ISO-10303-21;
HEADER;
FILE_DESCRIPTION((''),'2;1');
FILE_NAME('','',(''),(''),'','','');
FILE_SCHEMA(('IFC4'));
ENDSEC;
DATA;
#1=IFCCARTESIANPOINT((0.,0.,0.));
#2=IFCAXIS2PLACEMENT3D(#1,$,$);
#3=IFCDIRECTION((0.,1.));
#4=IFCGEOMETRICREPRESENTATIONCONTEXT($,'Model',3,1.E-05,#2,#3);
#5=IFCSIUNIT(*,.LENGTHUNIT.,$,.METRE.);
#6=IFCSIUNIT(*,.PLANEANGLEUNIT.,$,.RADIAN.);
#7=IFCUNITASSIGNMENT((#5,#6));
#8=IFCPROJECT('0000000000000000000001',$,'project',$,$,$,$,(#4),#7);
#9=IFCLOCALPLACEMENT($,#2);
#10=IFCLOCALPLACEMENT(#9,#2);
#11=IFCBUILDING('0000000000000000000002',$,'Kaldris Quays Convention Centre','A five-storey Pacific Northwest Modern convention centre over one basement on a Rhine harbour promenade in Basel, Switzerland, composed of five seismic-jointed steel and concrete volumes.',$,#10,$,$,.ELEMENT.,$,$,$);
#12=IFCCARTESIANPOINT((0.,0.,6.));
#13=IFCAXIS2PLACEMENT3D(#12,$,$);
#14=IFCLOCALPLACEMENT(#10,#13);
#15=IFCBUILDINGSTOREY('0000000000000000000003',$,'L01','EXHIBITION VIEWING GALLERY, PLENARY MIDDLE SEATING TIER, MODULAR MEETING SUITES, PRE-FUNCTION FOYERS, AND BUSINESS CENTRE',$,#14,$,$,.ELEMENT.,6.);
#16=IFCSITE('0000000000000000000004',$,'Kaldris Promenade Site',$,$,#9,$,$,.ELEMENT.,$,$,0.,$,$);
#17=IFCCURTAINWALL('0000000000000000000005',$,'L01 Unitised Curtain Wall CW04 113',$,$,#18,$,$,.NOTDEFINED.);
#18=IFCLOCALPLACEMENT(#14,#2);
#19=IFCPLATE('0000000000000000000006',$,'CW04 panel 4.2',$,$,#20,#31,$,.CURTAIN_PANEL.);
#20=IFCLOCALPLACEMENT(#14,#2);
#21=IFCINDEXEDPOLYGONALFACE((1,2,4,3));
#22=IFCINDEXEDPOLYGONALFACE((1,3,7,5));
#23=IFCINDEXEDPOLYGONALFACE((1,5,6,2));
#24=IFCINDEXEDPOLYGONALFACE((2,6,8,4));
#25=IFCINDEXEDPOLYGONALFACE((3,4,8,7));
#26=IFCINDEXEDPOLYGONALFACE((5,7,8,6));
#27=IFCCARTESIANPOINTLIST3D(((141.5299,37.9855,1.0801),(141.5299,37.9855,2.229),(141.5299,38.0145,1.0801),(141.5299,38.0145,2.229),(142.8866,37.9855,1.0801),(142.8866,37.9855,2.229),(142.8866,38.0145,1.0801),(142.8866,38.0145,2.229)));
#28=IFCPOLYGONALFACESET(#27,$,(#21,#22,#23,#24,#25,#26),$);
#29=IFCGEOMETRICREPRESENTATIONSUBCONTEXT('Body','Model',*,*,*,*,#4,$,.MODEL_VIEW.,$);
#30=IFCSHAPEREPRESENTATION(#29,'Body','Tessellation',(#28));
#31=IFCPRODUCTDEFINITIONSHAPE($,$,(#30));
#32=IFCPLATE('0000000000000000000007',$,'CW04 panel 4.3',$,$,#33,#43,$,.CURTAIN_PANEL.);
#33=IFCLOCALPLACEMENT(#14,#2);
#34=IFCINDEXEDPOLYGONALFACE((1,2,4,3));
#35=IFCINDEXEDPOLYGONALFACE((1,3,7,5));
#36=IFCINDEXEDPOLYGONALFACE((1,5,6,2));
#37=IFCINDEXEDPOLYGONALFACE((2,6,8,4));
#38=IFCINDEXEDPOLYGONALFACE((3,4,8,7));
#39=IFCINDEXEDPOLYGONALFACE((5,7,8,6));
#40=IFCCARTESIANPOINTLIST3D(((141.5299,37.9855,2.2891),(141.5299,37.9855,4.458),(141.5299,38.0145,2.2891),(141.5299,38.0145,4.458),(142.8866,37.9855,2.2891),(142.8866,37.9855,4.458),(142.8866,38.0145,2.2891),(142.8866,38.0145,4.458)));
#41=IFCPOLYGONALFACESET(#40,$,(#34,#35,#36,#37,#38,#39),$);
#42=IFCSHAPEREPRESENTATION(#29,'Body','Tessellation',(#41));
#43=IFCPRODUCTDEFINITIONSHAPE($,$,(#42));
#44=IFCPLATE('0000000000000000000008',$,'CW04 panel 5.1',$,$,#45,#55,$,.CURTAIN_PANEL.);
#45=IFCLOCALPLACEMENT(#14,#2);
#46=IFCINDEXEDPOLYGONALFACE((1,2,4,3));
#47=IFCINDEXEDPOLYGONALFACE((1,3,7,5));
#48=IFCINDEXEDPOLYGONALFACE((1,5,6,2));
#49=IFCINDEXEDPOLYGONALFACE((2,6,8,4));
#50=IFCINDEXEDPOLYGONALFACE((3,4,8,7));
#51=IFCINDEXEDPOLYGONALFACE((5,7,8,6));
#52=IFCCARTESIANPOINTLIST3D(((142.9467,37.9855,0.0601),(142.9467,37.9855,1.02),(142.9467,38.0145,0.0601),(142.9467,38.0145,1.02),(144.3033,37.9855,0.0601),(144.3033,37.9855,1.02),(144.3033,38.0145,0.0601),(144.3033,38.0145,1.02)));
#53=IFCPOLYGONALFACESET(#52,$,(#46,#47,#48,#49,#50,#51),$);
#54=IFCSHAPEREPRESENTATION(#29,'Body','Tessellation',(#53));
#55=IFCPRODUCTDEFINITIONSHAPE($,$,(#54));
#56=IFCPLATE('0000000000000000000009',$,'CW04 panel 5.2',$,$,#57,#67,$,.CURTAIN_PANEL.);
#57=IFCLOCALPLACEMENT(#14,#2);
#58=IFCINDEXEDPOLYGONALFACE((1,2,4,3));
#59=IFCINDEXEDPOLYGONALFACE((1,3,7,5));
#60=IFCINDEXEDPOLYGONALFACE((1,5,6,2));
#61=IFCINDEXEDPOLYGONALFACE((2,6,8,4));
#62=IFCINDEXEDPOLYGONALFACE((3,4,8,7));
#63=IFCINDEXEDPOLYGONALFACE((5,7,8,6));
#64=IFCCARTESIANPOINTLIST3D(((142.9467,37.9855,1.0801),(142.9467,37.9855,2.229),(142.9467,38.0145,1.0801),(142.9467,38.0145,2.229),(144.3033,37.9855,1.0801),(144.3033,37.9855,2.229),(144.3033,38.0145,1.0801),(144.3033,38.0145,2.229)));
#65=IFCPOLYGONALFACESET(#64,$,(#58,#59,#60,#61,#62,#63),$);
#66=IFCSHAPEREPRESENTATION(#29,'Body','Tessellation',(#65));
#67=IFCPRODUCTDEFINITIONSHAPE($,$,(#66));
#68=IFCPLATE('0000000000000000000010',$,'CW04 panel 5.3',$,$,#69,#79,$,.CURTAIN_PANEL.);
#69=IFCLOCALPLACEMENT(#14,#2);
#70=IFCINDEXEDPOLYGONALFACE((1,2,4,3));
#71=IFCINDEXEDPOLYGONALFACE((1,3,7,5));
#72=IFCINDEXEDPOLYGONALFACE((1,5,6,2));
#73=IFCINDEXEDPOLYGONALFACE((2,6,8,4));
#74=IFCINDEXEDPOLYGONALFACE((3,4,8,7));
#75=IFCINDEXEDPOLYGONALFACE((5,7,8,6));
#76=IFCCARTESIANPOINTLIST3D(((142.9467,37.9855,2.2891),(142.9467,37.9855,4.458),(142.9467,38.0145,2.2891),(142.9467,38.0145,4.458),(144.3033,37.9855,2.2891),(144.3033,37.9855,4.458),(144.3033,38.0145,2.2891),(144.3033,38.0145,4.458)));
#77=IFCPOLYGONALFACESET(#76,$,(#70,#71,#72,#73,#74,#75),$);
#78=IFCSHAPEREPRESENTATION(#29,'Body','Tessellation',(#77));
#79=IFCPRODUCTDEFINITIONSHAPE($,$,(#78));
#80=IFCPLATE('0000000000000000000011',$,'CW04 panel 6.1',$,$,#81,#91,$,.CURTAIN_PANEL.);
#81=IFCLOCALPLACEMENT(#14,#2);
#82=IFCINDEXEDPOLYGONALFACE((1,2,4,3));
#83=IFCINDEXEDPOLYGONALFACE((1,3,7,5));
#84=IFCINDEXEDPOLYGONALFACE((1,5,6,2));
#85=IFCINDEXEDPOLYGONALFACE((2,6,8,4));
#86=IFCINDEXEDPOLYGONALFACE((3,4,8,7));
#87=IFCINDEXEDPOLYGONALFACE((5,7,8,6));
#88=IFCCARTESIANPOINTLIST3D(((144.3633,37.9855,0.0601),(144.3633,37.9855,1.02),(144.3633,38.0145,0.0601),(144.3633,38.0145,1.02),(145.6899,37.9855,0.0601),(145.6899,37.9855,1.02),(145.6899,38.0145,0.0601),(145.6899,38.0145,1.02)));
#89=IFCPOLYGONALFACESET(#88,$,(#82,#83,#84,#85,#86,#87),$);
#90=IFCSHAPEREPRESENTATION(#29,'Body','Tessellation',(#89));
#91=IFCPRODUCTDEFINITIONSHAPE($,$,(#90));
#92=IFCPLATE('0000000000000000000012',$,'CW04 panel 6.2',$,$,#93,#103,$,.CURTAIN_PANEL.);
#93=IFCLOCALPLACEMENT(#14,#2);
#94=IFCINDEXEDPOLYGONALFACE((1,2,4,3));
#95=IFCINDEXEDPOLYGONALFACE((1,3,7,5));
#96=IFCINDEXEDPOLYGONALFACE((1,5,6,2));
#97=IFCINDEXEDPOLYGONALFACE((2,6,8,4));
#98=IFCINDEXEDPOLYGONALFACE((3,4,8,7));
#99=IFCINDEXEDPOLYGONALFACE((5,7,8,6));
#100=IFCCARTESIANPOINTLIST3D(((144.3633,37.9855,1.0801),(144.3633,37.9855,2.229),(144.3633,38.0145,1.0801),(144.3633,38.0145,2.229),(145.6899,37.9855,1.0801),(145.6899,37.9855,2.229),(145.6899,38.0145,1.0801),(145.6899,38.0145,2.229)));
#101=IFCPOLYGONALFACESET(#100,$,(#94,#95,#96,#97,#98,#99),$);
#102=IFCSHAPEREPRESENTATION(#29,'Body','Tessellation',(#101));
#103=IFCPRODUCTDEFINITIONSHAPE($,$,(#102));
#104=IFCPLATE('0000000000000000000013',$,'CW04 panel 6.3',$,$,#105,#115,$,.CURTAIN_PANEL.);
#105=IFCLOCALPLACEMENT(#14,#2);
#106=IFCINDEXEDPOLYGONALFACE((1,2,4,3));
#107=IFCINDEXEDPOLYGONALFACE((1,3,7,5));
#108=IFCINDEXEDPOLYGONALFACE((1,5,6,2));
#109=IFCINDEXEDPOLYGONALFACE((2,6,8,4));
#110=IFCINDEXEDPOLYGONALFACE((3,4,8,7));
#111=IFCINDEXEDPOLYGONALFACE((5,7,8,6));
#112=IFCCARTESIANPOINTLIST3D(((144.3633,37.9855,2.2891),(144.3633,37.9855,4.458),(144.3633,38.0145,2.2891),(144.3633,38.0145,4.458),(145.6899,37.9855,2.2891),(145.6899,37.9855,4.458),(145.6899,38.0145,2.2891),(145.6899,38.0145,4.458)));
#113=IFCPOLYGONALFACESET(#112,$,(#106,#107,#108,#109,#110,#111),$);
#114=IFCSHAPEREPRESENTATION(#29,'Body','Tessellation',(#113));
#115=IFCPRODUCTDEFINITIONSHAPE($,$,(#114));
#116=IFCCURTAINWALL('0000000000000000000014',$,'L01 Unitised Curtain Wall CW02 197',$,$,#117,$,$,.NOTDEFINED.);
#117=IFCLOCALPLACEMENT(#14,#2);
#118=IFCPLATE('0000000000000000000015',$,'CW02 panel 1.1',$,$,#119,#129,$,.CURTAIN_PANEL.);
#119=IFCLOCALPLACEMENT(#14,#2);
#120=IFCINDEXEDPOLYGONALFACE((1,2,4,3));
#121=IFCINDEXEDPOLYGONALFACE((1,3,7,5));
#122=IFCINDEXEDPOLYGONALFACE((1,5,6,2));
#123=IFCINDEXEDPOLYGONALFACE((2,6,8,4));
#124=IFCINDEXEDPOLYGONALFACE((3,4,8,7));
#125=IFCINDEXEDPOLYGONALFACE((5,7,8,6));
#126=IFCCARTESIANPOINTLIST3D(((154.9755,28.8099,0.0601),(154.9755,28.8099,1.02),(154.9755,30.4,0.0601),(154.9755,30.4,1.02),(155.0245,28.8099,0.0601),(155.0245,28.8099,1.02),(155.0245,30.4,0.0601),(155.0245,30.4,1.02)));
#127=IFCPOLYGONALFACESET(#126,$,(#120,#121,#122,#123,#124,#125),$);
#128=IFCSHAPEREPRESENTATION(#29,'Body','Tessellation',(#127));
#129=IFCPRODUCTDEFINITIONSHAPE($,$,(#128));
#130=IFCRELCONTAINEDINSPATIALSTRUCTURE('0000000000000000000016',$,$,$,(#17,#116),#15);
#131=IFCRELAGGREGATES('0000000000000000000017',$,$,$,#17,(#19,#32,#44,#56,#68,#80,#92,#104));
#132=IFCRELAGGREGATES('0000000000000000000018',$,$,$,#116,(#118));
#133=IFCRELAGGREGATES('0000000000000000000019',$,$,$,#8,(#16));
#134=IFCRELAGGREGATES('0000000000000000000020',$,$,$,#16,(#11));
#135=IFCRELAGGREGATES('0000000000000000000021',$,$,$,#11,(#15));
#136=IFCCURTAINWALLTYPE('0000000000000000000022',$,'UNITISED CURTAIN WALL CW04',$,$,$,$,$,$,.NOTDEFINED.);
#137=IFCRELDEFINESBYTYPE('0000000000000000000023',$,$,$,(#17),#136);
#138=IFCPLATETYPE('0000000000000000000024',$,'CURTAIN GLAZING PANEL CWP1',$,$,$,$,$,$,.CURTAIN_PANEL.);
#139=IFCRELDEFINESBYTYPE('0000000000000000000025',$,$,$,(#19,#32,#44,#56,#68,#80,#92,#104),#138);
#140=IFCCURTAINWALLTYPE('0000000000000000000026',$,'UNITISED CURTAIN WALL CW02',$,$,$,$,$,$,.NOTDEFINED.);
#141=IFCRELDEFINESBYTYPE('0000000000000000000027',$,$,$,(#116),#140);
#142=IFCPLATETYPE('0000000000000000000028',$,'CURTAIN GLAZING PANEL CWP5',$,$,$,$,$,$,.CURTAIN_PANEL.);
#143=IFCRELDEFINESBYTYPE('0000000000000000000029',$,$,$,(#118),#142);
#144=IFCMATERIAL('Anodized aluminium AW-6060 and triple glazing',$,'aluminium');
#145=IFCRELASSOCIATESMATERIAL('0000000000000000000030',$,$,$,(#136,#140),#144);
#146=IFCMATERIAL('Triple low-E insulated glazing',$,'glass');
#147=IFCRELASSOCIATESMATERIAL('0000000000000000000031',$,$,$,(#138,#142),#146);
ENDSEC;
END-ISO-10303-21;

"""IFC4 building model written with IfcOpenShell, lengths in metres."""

from ifc_helpers import new_model, si_unit, direction, frame, origin, origin_2d, place, context, subcontext, project, spatial, rectangle, extrude, material, type_object, element, aggregate, save


model = new_model("IFC4")

# Units and contexts
model_context = context("Model", 3, precision=1e-05, world=origin(), true_north=direction((0.0, 1.0)))
body_context = subcontext(model_context, "Body", "Model", "MODEL_VIEW")
ifc_project = project(units=[si_unit("LENGTHUNIT", "METRE"), si_unit("PLANEANGLEUNIT", "RADIAN")], contexts=[model_context])

# Site, building, storey
site_placement = place(None, origin())
site = spatial("IfcSite", under=ifc_project, at=site_placement, Name="Kaldris Promenade Site", CompositionType="ELEMENT", RefElevation=0.0)
building_placement = place(site_placement, origin())
building = spatial("IfcBuilding", under=site, at=building_placement, Name="Kaldris Quays Convention Centre", Description="A five-storey Pacific Northwest Modern convention centre over one basement on a Rhine harbour promenade in Basel, Switzerland, composed of five seismic-jointed steel and concrete volumes.", CompositionType="ELEMENT")
storey_placement = place(building_placement, frame((0.0, 0.0, 6.0)))
storey = spatial("IfcBuildingStorey", under=building, at=storey_placement, Name="L01", Description="EXHIBITION VIEWING GALLERY, PLENARY MIDDLE SEATING TIER, MODULAR MEETING SUITES, PRE-FUNCTION FOYERS, AND BUSINESS CENTRE", CompositionType="ELEMENT", Elevation=6.0)

# Curtain wall
ifc_material_1 = material(Name="Anodized aluminium AW-6060 and triple glazing", Category="aluminium")
curtain_wall_type_1 = type_object("IfcCurtainWallType", Name="UNITISED CURTAIN WALL CW04", PredefinedType="NOTDEFINED", material=ifc_material_1)
curtain_wall_1_placement = place(storey_placement, origin())
curtain_wall_1 = element("IfcCurtainWall", 1, at=curtain_wall_1_placement, inside=storey, type_object=curtain_wall_type_1, Name="L01 Unitised Curtain Wall CW04 113", PredefinedType="NOTDEFINED")

# Plates
ifc_material_2 = material(Name="Triple low-E insulated glazing", Category="glass")
plate_type_1 = type_object("IfcPlateType", Name="CURTAIN GLAZING PANEL CWP1", PredefinedType="CURTAIN_PANEL", material=ifc_material_2)
plate_1_placement = place(storey_placement, frame((142.2083, 38.0, 1.0801), z_axis=(0.0, 0.0, 1.0), x_axis=(1.0, 0.0, 0.0)))
plate_1 = element("IfcPlate", 2, at=plate_1_placement, type_object=plate_type_1, Name="CW04 panel 4.2", PredefinedType="CURTAIN_PANEL", context=body_context, shape_type="SweptSolid", body=[
    extrude(rectangle(XDim=1.3567, YDim=0.0291, at=origin_2d()), origin(), (0.0, 0.0, 1.0), 1.1489),
])
plate_2_placement = place(storey_placement, frame((142.2083, 38.0, 2.2891), z_axis=(0.0, 0.0, 1.0), x_axis=(1.0, 0.0, 0.0)))
plate_2 = element("IfcPlate", 3, at=plate_2_placement, type_object=plate_type_1, Name="CW04 panel 4.3", PredefinedType="CURTAIN_PANEL", context=body_context, shape_type="SweptSolid", body=[
    extrude(rectangle(XDim=1.3567, YDim=0.0291, at=origin_2d()), origin(), (0.0, 0.0, 1.0), 2.1689),
])
plate_3_placement = place(storey_placement, frame((143.625, 38.0, 0.0601), z_axis=(0.0, 0.0, 1.0), x_axis=(1.0, 0.0, 0.0)))
plate_3 = element("IfcPlate", 4, at=plate_3_placement, type_object=plate_type_1, Name="CW04 panel 5.1", PredefinedType="CURTAIN_PANEL", context=body_context, shape_type="SweptSolid", body=[
    extrude(rectangle(XDim=1.3567, YDim=0.0291, at=origin_2d()), origin(), (0.0, 0.0, 1.0), 0.96),
])
plate_4_placement = place(storey_placement, frame((143.625, 38.0, 1.0801), z_axis=(0.0, 0.0, 1.0), x_axis=(1.0, 0.0, 0.0)))
plate_4 = element("IfcPlate", 5, at=plate_4_placement, type_object=plate_type_1, Name="CW04 panel 5.2", PredefinedType="CURTAIN_PANEL", context=body_context, shape_type="SweptSolid", body=[
    extrude(rectangle(XDim=1.3567, YDim=0.0291, at=origin_2d()), origin(), (0.0, 0.0, 1.0), 1.1489),
])
plate_5_placement = place(storey_placement, frame((143.625, 38.0, 2.2891), z_axis=(0.0, 0.0, 1.0), x_axis=(1.0, 0.0, 0.0)))
plate_5 = element("IfcPlate", 6, at=plate_5_placement, type_object=plate_type_1, Name="CW04 panel 5.3", PredefinedType="CURTAIN_PANEL", context=body_context, shape_type="SweptSolid", body=[
    extrude(rectangle(XDim=1.3567, YDim=0.0291, at=origin_2d()), origin(), (0.0, 0.0, 1.0), 2.1689),
])
plate_6_placement = place(storey_placement, frame((145.0266, 38.0, 0.0601), z_axis=(0.0, 0.0, 1.0), x_axis=(1.0, 0.0, 0.0)))
plate_6 = element("IfcPlate", 7, at=plate_6_placement, type_object=plate_type_1, Name="CW04 panel 6.1", PredefinedType="CURTAIN_PANEL", context=body_context, shape_type="SweptSolid", body=[
    extrude(rectangle(XDim=1.3267, YDim=0.0291, at=origin_2d()), origin(), (0.0, 0.0, 1.0), 0.96),
])
plate_7_placement = place(storey_placement, frame((145.0266, 38.0, 1.0801), z_axis=(0.0, 0.0, 1.0), x_axis=(1.0, 0.0, 0.0)))
plate_7 = element("IfcPlate", 8, at=plate_7_placement, type_object=plate_type_1, Name="CW04 panel 6.2", PredefinedType="CURTAIN_PANEL", context=body_context, shape_type="SweptSolid", body=[
    extrude(rectangle(XDim=1.3267, YDim=0.0291, at=origin_2d()), origin(), (0.0, 0.0, 1.0), 1.1489),
])
plate_8_placement = place(storey_placement, frame((145.0266, 38.0, 2.2891), z_axis=(0.0, 0.0, 1.0), x_axis=(1.0, 0.0, 0.0)))
plate_8 = element("IfcPlate", 9, at=plate_8_placement, type_object=plate_type_1, Name="CW04 panel 6.3", PredefinedType="CURTAIN_PANEL", context=body_context, shape_type="SweptSolid", body=[
    extrude(rectangle(XDim=1.3267, YDim=0.0291, at=origin_2d()), origin(), (0.0, 0.0, 1.0), 2.1689),
])
aggregate(curtain_wall_1, [plate_1, plate_2, plate_3, plate_4, plate_5, plate_6, plate_7, plate_8])

# Curtain wall, plate
curtain_wall_type_2 = type_object("IfcCurtainWallType", Name="UNITISED CURTAIN WALL CW02", PredefinedType="NOTDEFINED", material=ifc_material_1)
curtain_wall_2_placement = place(storey_placement, origin())
curtain_wall_2 = element("IfcCurtainWall", 10, at=curtain_wall_2_placement, inside=storey, type_object=curtain_wall_type_2, Name="L01 Unitised Curtain Wall CW02 197", PredefinedType="NOTDEFINED")
plate_type_2 = type_object("IfcPlateType", Name="CURTAIN GLAZING PANEL CWP5", PredefinedType="CURTAIN_PANEL", material=ifc_material_2)
plate_9_placement = place(storey_placement, frame((155.0, 29.605, 0.0601), z_axis=(0.0, 0.0, 1.0), x_axis=(0.0, 1.0, 0.0)))
plate_9 = element("IfcPlate", 11, at=plate_9_placement, type_object=plate_type_2, Name="CW02 panel 1.1", PredefinedType="CURTAIN_PANEL", context=body_context, shape_type="SweptSolid", body=[
    extrude(rectangle(XDim=1.5901, YDim=0.0491, at=origin_2d()), origin(), (0.0, 0.0, 1.0), 0.96),
])
aggregate(curtain_wall_2, [plate_9])

save(model, "model.ifc")
